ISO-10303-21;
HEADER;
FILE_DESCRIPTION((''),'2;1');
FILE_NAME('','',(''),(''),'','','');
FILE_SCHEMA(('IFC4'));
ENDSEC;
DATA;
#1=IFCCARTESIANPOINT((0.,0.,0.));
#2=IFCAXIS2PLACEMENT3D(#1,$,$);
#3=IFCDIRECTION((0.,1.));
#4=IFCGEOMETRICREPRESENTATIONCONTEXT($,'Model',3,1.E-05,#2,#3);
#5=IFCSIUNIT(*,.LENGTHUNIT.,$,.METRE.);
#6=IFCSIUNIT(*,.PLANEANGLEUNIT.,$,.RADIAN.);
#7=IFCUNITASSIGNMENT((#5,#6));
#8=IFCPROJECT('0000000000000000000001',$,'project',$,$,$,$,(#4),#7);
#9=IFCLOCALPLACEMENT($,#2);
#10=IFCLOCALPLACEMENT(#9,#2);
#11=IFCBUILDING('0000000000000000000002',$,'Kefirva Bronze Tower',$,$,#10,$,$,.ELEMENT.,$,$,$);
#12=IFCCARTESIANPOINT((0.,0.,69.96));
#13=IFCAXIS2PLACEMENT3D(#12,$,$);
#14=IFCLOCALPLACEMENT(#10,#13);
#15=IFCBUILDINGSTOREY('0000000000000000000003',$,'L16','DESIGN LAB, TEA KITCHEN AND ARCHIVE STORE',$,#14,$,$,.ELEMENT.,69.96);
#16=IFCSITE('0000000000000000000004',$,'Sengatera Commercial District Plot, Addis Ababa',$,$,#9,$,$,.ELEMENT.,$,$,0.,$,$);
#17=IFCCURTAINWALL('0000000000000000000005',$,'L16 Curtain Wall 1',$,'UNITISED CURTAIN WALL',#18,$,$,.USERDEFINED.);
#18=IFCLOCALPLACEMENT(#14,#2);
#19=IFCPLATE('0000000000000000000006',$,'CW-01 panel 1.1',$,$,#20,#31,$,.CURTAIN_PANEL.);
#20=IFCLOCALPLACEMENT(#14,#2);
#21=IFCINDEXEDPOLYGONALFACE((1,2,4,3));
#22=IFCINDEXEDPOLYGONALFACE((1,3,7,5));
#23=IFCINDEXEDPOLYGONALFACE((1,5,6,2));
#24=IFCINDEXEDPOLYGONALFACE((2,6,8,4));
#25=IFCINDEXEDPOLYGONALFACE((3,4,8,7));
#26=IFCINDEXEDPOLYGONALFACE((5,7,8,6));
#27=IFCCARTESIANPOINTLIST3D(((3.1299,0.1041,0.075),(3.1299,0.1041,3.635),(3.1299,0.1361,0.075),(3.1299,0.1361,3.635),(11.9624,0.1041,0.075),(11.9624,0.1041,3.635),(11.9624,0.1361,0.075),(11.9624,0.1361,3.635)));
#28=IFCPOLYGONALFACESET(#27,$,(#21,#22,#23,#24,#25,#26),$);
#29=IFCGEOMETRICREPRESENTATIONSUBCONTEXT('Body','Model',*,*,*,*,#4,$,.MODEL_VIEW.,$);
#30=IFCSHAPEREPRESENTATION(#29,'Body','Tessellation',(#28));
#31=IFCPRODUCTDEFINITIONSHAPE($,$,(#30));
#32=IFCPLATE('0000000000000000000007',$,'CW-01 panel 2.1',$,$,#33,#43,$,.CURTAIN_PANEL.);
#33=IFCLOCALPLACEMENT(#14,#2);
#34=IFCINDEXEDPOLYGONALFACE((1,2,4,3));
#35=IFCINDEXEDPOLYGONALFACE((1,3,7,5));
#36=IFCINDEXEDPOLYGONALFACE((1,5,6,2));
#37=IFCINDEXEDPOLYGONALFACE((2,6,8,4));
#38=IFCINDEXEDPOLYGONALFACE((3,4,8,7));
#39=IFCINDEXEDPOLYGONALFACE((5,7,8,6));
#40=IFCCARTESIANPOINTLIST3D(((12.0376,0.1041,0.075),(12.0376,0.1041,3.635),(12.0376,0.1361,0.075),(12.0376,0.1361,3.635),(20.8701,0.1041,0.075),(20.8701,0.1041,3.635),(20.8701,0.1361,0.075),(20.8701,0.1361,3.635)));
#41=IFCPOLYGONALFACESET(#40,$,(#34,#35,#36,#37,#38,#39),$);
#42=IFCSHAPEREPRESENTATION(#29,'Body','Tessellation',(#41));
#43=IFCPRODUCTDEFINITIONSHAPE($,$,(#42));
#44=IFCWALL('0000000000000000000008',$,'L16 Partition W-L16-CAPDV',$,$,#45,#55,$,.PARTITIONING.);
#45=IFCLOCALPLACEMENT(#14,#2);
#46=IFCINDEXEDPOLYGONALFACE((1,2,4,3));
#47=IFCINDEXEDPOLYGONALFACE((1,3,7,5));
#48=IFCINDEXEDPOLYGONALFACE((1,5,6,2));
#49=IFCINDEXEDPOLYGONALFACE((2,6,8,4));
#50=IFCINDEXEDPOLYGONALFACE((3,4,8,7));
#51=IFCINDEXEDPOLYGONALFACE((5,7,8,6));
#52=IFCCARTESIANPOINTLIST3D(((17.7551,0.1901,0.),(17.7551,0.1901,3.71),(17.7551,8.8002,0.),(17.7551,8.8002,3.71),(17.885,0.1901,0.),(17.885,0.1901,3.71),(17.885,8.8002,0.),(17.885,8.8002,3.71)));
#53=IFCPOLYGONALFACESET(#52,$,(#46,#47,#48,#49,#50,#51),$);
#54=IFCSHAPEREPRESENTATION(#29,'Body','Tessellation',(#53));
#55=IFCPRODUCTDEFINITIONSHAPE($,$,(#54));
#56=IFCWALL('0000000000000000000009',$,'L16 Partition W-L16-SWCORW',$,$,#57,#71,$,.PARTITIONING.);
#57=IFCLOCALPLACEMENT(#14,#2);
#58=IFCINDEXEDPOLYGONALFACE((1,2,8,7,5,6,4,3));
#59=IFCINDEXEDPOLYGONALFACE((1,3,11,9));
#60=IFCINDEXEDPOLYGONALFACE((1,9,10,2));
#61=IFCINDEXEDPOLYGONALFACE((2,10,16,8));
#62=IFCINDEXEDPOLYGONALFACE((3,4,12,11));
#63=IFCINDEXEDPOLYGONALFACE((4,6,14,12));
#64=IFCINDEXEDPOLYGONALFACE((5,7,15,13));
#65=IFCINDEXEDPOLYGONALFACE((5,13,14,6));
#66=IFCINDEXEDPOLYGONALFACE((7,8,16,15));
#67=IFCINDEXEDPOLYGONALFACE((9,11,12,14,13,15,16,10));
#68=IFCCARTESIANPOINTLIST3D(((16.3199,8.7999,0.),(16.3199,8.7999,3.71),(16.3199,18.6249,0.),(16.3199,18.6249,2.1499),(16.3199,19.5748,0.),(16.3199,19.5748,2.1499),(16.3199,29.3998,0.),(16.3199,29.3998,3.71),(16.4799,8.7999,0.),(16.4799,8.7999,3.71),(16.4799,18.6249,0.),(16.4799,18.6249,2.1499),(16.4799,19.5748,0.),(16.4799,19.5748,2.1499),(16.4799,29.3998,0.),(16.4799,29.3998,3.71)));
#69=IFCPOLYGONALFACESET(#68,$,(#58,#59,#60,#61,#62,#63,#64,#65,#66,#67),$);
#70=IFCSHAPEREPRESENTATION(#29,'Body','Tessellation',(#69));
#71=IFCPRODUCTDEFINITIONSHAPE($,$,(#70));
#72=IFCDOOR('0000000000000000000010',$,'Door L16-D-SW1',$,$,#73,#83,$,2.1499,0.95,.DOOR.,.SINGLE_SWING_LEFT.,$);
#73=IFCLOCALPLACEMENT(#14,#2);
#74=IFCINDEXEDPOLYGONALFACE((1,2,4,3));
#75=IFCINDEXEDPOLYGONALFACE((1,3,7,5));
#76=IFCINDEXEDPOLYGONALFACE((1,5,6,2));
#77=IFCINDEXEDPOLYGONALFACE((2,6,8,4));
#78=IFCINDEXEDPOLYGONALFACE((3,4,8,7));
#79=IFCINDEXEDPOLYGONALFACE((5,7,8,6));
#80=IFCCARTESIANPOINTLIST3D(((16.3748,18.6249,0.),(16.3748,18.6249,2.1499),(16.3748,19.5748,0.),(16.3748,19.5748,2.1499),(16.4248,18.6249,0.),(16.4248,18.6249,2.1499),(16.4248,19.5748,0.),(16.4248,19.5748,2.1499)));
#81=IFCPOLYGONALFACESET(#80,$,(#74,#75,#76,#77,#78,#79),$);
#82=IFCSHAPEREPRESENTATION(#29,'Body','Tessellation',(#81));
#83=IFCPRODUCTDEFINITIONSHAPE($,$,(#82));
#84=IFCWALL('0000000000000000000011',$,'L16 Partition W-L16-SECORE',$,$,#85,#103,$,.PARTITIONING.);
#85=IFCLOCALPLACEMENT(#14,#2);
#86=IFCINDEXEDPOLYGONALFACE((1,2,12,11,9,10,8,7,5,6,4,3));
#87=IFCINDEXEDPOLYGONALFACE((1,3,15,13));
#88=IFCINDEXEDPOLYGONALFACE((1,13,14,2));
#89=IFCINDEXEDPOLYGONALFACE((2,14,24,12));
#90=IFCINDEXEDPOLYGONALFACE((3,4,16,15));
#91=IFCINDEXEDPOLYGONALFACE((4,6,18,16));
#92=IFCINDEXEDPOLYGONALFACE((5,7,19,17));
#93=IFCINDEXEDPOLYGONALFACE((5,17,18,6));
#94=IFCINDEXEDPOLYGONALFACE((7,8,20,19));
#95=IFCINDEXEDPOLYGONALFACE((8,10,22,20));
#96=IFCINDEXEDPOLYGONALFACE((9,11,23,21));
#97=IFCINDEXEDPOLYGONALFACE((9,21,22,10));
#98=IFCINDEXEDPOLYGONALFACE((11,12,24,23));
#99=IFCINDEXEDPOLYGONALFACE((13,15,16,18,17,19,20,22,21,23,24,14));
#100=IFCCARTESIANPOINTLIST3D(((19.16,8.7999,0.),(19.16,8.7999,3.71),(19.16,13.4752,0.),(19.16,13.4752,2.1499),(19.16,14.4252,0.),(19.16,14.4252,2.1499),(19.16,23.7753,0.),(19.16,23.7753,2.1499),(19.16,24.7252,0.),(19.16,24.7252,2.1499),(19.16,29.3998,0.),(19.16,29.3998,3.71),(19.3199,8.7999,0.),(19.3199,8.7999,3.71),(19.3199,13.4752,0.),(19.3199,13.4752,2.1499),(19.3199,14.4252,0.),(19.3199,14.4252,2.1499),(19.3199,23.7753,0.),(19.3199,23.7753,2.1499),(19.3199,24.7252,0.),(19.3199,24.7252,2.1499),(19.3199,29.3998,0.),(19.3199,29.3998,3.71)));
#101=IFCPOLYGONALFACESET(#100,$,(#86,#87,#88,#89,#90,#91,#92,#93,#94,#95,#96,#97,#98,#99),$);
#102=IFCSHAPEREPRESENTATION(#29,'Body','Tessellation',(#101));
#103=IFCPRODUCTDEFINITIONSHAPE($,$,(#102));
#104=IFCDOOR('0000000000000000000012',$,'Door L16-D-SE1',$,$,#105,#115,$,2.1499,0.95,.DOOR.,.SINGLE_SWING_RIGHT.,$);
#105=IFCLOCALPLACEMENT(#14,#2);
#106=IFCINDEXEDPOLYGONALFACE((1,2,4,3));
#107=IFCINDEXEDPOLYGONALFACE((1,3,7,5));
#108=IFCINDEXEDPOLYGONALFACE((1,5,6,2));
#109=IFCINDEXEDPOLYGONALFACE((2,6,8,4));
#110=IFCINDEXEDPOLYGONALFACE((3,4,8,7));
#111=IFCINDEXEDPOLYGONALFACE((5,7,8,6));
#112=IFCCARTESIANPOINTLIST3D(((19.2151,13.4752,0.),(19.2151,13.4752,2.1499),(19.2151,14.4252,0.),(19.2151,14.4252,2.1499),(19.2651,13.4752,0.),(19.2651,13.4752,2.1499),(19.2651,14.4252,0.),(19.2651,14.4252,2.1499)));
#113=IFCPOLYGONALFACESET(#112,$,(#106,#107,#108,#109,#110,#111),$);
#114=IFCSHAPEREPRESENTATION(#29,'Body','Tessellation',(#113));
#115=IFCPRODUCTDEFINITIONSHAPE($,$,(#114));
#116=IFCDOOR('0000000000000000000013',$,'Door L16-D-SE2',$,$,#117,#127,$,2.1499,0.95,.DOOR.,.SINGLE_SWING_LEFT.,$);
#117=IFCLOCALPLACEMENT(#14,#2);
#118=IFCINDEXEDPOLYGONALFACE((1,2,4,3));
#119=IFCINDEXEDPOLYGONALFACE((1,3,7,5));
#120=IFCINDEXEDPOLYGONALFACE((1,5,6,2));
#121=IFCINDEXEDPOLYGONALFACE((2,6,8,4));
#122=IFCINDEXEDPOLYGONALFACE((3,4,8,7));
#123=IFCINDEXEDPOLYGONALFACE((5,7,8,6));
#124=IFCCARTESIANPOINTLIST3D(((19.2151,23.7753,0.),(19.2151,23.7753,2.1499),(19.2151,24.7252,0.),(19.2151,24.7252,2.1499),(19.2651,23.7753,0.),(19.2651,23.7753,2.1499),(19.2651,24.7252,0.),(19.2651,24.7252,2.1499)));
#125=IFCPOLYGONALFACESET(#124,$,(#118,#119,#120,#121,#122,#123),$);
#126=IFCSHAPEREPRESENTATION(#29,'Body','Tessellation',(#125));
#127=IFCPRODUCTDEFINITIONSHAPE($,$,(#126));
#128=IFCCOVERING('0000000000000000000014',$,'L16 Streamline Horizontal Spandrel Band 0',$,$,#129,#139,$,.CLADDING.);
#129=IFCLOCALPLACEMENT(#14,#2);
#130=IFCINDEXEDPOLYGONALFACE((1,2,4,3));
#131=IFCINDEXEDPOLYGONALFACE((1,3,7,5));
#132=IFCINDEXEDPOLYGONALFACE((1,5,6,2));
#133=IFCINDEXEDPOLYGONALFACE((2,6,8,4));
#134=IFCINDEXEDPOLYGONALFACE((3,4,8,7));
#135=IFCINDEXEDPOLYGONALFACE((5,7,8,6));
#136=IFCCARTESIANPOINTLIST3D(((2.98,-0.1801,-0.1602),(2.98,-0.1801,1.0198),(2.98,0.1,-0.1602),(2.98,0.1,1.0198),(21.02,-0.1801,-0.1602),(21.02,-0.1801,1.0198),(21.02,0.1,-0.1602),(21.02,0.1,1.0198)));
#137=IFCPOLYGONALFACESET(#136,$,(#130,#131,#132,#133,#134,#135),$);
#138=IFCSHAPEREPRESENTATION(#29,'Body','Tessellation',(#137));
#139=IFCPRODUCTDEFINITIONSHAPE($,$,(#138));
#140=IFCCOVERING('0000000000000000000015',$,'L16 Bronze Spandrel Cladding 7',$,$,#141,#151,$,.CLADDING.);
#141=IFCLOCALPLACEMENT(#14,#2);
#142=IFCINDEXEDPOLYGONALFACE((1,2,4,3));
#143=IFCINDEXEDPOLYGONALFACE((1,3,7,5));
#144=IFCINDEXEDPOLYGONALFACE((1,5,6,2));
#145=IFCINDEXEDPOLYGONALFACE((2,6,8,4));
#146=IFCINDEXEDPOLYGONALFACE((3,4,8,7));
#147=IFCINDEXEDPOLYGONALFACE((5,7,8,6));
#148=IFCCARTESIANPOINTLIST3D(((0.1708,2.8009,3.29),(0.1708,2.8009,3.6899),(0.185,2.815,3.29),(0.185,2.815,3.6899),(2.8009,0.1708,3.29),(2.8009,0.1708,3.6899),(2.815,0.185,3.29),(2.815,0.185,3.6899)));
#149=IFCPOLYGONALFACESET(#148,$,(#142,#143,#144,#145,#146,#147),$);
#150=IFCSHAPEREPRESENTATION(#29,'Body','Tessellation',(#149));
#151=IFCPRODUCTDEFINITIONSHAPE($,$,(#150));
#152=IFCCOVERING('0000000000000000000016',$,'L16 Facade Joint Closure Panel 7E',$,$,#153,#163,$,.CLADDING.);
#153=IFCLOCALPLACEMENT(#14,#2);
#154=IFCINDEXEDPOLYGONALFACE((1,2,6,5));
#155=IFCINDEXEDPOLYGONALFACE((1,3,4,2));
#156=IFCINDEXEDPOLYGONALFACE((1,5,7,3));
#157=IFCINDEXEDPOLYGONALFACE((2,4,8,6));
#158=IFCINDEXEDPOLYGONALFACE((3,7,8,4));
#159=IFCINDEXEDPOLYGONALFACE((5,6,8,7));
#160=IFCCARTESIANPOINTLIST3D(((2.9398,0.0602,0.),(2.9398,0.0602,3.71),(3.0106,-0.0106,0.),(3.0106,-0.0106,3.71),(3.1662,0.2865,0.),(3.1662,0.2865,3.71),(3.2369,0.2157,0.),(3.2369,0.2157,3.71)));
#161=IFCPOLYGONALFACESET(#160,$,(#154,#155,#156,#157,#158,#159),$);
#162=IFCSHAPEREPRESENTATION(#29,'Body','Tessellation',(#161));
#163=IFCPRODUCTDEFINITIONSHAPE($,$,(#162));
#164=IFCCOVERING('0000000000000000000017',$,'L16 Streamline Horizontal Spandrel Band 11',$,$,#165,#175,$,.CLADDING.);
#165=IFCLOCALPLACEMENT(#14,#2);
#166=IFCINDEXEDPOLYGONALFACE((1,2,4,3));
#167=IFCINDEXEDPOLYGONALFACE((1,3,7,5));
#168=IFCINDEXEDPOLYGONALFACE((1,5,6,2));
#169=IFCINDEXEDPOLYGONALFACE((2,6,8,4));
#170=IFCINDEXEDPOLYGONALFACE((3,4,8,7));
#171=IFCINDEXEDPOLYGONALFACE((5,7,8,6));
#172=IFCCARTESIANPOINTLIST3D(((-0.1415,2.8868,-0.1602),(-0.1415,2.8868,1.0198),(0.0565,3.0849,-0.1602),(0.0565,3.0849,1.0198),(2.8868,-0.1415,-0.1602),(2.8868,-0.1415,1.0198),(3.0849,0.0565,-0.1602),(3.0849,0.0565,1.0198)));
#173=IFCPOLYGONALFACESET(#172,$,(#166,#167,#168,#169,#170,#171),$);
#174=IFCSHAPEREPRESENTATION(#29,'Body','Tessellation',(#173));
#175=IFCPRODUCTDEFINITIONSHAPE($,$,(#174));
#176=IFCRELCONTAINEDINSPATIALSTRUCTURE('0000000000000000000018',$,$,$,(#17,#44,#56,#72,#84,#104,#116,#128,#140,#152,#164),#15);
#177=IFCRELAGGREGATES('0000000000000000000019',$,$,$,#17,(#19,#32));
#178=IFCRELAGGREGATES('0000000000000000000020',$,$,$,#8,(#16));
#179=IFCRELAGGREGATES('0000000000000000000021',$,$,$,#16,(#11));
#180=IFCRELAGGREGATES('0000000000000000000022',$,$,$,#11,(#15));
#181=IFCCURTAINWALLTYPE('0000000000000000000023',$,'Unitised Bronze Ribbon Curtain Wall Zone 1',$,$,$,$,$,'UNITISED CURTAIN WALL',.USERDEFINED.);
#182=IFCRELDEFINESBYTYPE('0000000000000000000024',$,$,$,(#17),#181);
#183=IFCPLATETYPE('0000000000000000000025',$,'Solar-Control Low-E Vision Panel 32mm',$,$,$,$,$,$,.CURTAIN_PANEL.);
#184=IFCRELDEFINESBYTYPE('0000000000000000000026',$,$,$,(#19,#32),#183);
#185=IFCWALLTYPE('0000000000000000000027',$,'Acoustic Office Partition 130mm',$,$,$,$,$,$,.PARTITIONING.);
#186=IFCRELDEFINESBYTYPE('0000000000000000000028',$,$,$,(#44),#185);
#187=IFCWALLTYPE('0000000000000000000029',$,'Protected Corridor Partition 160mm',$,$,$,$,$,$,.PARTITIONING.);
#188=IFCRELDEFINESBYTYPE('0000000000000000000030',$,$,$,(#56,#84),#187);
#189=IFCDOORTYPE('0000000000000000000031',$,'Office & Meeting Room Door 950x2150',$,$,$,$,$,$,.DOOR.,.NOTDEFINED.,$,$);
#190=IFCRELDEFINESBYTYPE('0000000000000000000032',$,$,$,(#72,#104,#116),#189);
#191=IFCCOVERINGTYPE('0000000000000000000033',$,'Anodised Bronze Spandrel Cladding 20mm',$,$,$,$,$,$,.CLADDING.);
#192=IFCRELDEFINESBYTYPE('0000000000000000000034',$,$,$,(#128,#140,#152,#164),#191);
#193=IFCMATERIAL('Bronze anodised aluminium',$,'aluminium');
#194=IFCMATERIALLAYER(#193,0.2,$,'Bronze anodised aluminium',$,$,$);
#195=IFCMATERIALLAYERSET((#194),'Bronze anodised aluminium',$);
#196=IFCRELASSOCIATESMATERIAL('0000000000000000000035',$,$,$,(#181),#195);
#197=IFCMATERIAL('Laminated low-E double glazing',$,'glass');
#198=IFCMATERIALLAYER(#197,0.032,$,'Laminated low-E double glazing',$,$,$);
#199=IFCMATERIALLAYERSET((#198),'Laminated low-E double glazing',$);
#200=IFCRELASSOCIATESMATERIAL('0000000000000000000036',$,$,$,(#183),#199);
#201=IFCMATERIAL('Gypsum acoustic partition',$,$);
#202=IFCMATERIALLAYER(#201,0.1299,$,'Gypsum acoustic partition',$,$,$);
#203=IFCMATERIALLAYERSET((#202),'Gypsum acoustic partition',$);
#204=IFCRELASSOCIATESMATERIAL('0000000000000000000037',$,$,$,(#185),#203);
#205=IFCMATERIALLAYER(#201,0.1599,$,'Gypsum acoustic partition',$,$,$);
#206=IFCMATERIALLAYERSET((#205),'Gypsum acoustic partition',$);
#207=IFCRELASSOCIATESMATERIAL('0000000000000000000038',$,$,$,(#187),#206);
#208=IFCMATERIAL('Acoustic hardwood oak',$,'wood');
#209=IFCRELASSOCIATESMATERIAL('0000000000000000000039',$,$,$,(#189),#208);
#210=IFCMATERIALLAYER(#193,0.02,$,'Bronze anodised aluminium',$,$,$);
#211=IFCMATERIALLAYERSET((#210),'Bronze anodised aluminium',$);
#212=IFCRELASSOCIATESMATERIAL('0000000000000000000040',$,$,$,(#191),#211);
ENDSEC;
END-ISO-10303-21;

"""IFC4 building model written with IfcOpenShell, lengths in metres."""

from ifc_helpers import new_model, si_unit, direction, frame, frame_2d, origin, origin_2d, place, context, subcontext, project, spatial, rectangle, extrude, material, layer, layer_set, type_object, element, fill, aggregate, save


model = new_model("IFC4")

# Units and contexts
model_context = context("Model", 3, precision=1e-05, world=origin(), true_north=direction((0.0, 1.0)))
body_context = subcontext(model_context, "Body", "Model", "MODEL_VIEW")
ifc_project = project(units=[si_unit("LENGTHUNIT", "METRE"), si_unit("PLANEANGLEUNIT", "RADIAN")], contexts=[model_context])

# Site, building, storey
site_placement = place(None, origin())
site = spatial("IfcSite", under=ifc_project, at=site_placement, Name="Sengatera Commercial District Plot, Addis Ababa", CompositionType="ELEMENT", RefElevation=0.0)
building_placement = place(site_placement, origin())
building = spatial("IfcBuilding", under=site, at=building_placement, Name="Kefirva Bronze Tower", CompositionType="ELEMENT")
storey_placement = place(building_placement, frame((0.0, 0.0, 69.96)))
storey = spatial("IfcBuildingStorey", under=building, at=storey_placement, Name="L16", Description="DESIGN LAB, TEA KITCHEN AND ARCHIVE STORE", CompositionType="ELEMENT", Elevation=69.96)

# Curtain wall
ifc_material_1 = material(Name="Bronze anodised aluminium", Category="aluminium")
ifc_layer_1 = layer(ifc_material_1, 0.2, Name="Bronze anodised aluminium")
ifc_layer_set_1 = layer_set([ifc_layer_1], Name="Bronze anodised aluminium")
curtain_wall_type = type_object("IfcCurtainWallType", Name="Unitised Bronze Ribbon Curtain Wall Zone 1", ElementType="UNITISED CURTAIN WALL", PredefinedType="USERDEFINED", material=ifc_layer_set_1)
curtain_wall_placement = place(storey_placement, origin())
curtain_wall = element("IfcCurtainWall", 1, at=curtain_wall_placement, inside=storey, type_object=curtain_wall_type, Name="L16 Curtain Wall 1", ObjectType="UNITISED CURTAIN WALL", PredefinedType="USERDEFINED")

# Plates
ifc_material_2 = material(Name="Laminated low-E double glazing", Category="glass")
ifc_layer_2 = layer(ifc_material_2, 0.032, Name="Laminated low-E double glazing")
ifc_layer_set_2 = layer_set([ifc_layer_2], Name="Laminated low-E double glazing")
plate_type = type_object("IfcPlateType", Name="Solar-Control Low-E Vision Panel 32mm", PredefinedType="CURTAIN_PANEL", material=ifc_layer_set_2)
plate_1_placement = place(storey_placement, frame((7.5461, 0.1201, 0.075), z_axis=(0.0, 0.0, 1.0), x_axis=(1.0, 0.0, 0.0)))
plate_1 = element("IfcPlate", 2, at=plate_1_placement, type_object=plate_type, Name="CW-01 panel 1.1", PredefinedType="CURTAIN_PANEL", context=body_context, shape_type="SweptSolid", body=[
    extrude(rectangle(XDim=8.8325, YDim=0.032, at=origin_2d()), origin(), (0.0, 0.0, 1.0), 3.5601),
])
plate_2_placement = place(storey_placement, frame((16.4539, 0.1201, 0.075), z_axis=(0.0, 0.0, 1.0), x_axis=(1.0, 0.0, 0.0)))
plate_2 = element("IfcPlate", 3, at=plate_2_placement, type_object=plate_type, Name="CW-01 panel 2.1", PredefinedType="CURTAIN_PANEL", context=body_context, shape_type="SweptSolid", body=[
    extrude(rectangle(XDim=8.8325, YDim=0.032, at=origin_2d()), origin(), (0.0, 0.0, 1.0), 3.5601),
])
aggregate(curtain_wall, [plate_1, plate_2])

# Wall
ifc_material_3 = material(Name="Gypsum acoustic partition")
ifc_layer_3 = layer(ifc_material_3, 0.1299, Name="Gypsum acoustic partition")
ifc_layer_set_3 = layer_set([ifc_layer_3], Name="Gypsum acoustic partition")
wall_type_1 = type_object("IfcWallType", Name="Acoustic Office Partition 130mm", PredefinedType="PARTITIONING", material=ifc_layer_set_3)
wall_1_placement = place(storey_placement, frame((17.8201, 0.1899, 0.0), z_axis=(0.0, 0.0, 1.0), x_axis=(0.0, 1.0, 0.0)))
element("IfcWall", 4, at=wall_1_placement, inside=storey, type_object=wall_type_1, Name="L16 Partition W-L16-CAPDV", PredefinedType="PARTITIONING", context=body_context, shape_type="SweptSolid", body=[
    extrude(rectangle(XDim=8.6101, YDim=0.1299, at=frame_2d((4.3052, 0.0))), origin(), (0.0, 0.0, 1.0), 3.71),
])

# Wall, opening, door
ifc_layer_4 = layer(ifc_material_3, 0.1599, Name="Gypsum acoustic partition")
ifc_layer_set_4 = layer_set([ifc_layer_4], Name="Gypsum acoustic partition")
wall_type_2 = type_object("IfcWallType", Name="Protected Corridor Partition 160mm", PredefinedType="PARTITIONING", material=ifc_layer_set_4)
wall_2_placement = place(storey_placement, frame((16.3999, 8.8, 0.0), z_axis=(0.0, 0.0, 1.0), x_axis=(0.0, 1.0, 0.0)))
wall_2 = element("IfcWall", 5, at=wall_2_placement, inside=storey, type_object=wall_type_2, Name="L16 Partition W-L16-SWCORW", PredefinedType="PARTITIONING", context=body_context, shape_type="SweptSolid", body=[
    extrude(rectangle(XDim=20.5999, YDim=0.1599, at=frame_2d((10.2998, 0.0))), origin(), (0.0, 0.0, 1.0), 3.71),
])
opening_1_placement = place(wall_2_placement, frame((10.7749, 0.0, 0.0), z_axis=(0.0, 0.0, 1.0), x_axis=(-1.0, 0.0, 0.0)))
opening_1 = element("IfcOpeningElement", 6, at=opening_1_placement, cuts=wall_2, PredefinedType="OPENING", context=body_context, shape_type="SweptSolid", body=[
    extrude(rectangle(XDim=0.95, YDim=2.1499, at=frame_2d((0.4751, 1.075))), frame((0.0, 0.0898, 0.0), z_axis=(0.0, -1.0, 0.0), x_axis=(1.0, 0.0, 0.0)), (0.0, 0.0, 1.0), 0.1799),
])
ifc_material_4 = material(Name="Acoustic hardwood oak", Category="wood")
door_type = type_object("IfcDoorType", Name="Office & Meeting Room Door 950x2150", OperationType="NOTDEFINED", PredefinedType="DOOR", material=ifc_material_4)
door_1_placement = place(opening_1_placement, origin())
door_1 = element("IfcDoor", 7, at=door_1_placement, inside=storey, type_object=door_type, Name="Door L16-D-SW1", OperationType="SINGLE_SWING_LEFT", OverallHeight=2.1499, OverallWidth=0.95, PredefinedType="DOOR", context=body_context, shape_type="SweptSolid", body=[
    extrude(rectangle(XDim=0.95, YDim=2.1499, at=frame_2d((0.4751, 1.075))), frame((0.0, 0.0249, 0.0), z_axis=(0.0, -1.0, 0.0), x_axis=(1.0, 0.0, 0.0)), (0.0, 0.0, 1.0), 0.05),
])
fill(opening_1, door_1)

# Wall, openings, doors
wall_3_placement = place(storey_placement, frame((19.24, 8.8, 0.0), z_axis=(0.0, 0.0, 1.0), x_axis=(0.0, 1.0, 0.0)))
wall_3 = element("IfcWall", 8, at=wall_3_placement, inside=storey, type_object=wall_type_2, Name="L16 Partition W-L16-SECORE", PredefinedType="PARTITIONING", context=body_context, shape_type="SweptSolid", body=[
    extrude(rectangle(XDim=20.5999, YDim=0.1599, at=frame_2d((10.2998, 0.0))), origin(), (0.0, 0.0, 1.0), 3.71),
])
opening_2_placement = place(wall_3_placement, frame((4.675, 0.0, 0.0)))
opening_2 = element("IfcOpeningElement", 9, at=opening_2_placement, cuts=wall_3, PredefinedType="OPENING", context=body_context, shape_type="SweptSolid", body=[
    extrude(rectangle(XDim=0.95, YDim=2.1499, at=frame_2d((0.4751, 1.075))), frame((0.0, 0.0898, 0.0), z_axis=(0.0, -1.0, 0.0), x_axis=(1.0, 0.0, 0.0)), (0.0, 0.0, 1.0), 0.1799),
])
opening_3_placement = place(wall_3_placement, frame((14.9751, 0.0, 0.0)))
opening_3 = element("IfcOpeningElement", 10, at=opening_3_placement, cuts=wall_3, PredefinedType="OPENING", context=body_context, shape_type="SweptSolid", body=[
    extrude(rectangle(XDim=0.95, YDim=2.1499, at=frame_2d((0.4751, 1.075))), frame((0.0, 0.0898, 0.0), z_axis=(0.0, -1.0, 0.0), x_axis=(1.0, 0.0, 0.0)), (0.0, 0.0, 1.0), 0.1799),
])
door_2_placement = place(opening_2_placement, origin())
door_2 = element("IfcDoor", 11, at=door_2_placement, inside=storey, type_object=door_type, Name="Door L16-D-SE1", OperationType="SINGLE_SWING_RIGHT", OverallHeight=2.1499, OverallWidth=0.95, PredefinedType="DOOR", context=body_context, shape_type="SweptSolid", body=[
    extrude(rectangle(XDim=0.95, YDim=2.1499, at=frame_2d((0.4751, 1.075))), frame((0.0, 0.0249, 0.0), z_axis=(0.0, -1.0, 0.0), x_axis=(1.0, 0.0, 0.0)), (0.0, 0.0, 1.0), 0.05),
])
fill(opening_2, door_2)
door_3_placement = place(opening_3_placement, origin())
door_3 = element("IfcDoor", 12, at=door_3_placement, inside=storey, type_object=door_type, Name="Door L16-D-SE2", OperationType="SINGLE_SWING_LEFT", OverallHeight=2.1499, OverallWidth=0.95, PredefinedType="DOOR", context=body_context, shape_type="SweptSolid", body=[
    extrude(rectangle(XDim=0.95, YDim=2.1499, at=frame_2d((0.4751, 1.075))), frame((0.0, 0.0249, 0.0), z_axis=(0.0, -1.0, 0.0), x_axis=(1.0, 0.0, 0.0)), (0.0, 0.0, 1.0), 0.05),
])
fill(opening_3, door_3)

# Coverings
ifc_layer_5 = layer(ifc_material_1, 0.02, Name="Bronze anodised aluminium")
ifc_layer_set_5 = layer_set([ifc_layer_5], Name="Bronze anodised aluminium")
covering_type_1 = type_object("IfcCoveringType", Name="Anodised Bronze Spandrel Cladding 20mm", PredefinedType="CLADDING", material=ifc_layer_set_5)
covering_1_placement = place(storey_placement, frame((12.0, -0.04, -0.1602), z_axis=(0.0, 0.0, 1.0), x_axis=(1.0, 0.0, 0.0)))
element("IfcCovering", 13, at=covering_1_placement, inside=storey, type_object=covering_type_1, Name="L16 Streamline Horizontal Spandrel Band 0", PredefinedType="CLADDING", context=body_context, shape_type="SweptSolid", body=[
    extrude(rectangle(XDim=18.04, YDim=0.28, at=origin_2d()), origin(), (0.0, 0.0, 1.0), 1.1799),
])
covering_2_placement = place(storey_placement, frame((1.4929, 1.4929, 3.29), z_axis=(0.0, 0.0, 1.0), x_axis=(0.707107, -0.707107, 0.0)))
element("IfcCovering", 14, at=covering_2_placement, inside=storey, type_object=covering_type_1, Name="L16 Bronze Spandrel Cladding 7", PredefinedType="CLADDING", context=body_context, shape_type="SweptSolid", body=[
    extrude(rectangle(XDim=3.7195, YDim=0.02, at=origin_2d()), origin(), (0.0, 0.0, 1.0), 0.3999),
])
covering_3_placement = place(storey_placement, frame((3.0884, 0.1379, 0.0), z_axis=(0.0, 0.0, 1.0), x_axis=(0.707107, -0.707107, 0.0)))
element("IfcCovering", 15, at=covering_3_placement, inside=storey, type_object=covering_type_1, Name="L16 Facade Joint Closure Panel 7E", PredefinedType="CLADDING", context=body_context, shape_type="SweptSolid", body=[
    extrude(rectangle(XDim=0.1001, YDim=0.3201, at=origin_2d()), origin(), (0.0, 0.0, 1.0), 3.71),
])
covering_4_placement = place(storey_placement, frame((1.4717, 1.4717, -0.1602), z_axis=(0.0, 0.0, 1.0), x_axis=(0.707107, -0.707107, 0.0)))
element("IfcCovering", 16, at=covering_4_placement, inside=storey, type_object=covering_type_1, Name="L16 Streamline Horizontal Spandrel Band 11", PredefinedType="CLADDING", context=body_context, shape_type="SweptSolid", body=[
    extrude(rectangle(XDim=4.2827, YDim=0.28, at=origin_2d()), origin(), (0.0, 0.0, 1.0), 1.1799),
])

save(model, "model.ifc")
